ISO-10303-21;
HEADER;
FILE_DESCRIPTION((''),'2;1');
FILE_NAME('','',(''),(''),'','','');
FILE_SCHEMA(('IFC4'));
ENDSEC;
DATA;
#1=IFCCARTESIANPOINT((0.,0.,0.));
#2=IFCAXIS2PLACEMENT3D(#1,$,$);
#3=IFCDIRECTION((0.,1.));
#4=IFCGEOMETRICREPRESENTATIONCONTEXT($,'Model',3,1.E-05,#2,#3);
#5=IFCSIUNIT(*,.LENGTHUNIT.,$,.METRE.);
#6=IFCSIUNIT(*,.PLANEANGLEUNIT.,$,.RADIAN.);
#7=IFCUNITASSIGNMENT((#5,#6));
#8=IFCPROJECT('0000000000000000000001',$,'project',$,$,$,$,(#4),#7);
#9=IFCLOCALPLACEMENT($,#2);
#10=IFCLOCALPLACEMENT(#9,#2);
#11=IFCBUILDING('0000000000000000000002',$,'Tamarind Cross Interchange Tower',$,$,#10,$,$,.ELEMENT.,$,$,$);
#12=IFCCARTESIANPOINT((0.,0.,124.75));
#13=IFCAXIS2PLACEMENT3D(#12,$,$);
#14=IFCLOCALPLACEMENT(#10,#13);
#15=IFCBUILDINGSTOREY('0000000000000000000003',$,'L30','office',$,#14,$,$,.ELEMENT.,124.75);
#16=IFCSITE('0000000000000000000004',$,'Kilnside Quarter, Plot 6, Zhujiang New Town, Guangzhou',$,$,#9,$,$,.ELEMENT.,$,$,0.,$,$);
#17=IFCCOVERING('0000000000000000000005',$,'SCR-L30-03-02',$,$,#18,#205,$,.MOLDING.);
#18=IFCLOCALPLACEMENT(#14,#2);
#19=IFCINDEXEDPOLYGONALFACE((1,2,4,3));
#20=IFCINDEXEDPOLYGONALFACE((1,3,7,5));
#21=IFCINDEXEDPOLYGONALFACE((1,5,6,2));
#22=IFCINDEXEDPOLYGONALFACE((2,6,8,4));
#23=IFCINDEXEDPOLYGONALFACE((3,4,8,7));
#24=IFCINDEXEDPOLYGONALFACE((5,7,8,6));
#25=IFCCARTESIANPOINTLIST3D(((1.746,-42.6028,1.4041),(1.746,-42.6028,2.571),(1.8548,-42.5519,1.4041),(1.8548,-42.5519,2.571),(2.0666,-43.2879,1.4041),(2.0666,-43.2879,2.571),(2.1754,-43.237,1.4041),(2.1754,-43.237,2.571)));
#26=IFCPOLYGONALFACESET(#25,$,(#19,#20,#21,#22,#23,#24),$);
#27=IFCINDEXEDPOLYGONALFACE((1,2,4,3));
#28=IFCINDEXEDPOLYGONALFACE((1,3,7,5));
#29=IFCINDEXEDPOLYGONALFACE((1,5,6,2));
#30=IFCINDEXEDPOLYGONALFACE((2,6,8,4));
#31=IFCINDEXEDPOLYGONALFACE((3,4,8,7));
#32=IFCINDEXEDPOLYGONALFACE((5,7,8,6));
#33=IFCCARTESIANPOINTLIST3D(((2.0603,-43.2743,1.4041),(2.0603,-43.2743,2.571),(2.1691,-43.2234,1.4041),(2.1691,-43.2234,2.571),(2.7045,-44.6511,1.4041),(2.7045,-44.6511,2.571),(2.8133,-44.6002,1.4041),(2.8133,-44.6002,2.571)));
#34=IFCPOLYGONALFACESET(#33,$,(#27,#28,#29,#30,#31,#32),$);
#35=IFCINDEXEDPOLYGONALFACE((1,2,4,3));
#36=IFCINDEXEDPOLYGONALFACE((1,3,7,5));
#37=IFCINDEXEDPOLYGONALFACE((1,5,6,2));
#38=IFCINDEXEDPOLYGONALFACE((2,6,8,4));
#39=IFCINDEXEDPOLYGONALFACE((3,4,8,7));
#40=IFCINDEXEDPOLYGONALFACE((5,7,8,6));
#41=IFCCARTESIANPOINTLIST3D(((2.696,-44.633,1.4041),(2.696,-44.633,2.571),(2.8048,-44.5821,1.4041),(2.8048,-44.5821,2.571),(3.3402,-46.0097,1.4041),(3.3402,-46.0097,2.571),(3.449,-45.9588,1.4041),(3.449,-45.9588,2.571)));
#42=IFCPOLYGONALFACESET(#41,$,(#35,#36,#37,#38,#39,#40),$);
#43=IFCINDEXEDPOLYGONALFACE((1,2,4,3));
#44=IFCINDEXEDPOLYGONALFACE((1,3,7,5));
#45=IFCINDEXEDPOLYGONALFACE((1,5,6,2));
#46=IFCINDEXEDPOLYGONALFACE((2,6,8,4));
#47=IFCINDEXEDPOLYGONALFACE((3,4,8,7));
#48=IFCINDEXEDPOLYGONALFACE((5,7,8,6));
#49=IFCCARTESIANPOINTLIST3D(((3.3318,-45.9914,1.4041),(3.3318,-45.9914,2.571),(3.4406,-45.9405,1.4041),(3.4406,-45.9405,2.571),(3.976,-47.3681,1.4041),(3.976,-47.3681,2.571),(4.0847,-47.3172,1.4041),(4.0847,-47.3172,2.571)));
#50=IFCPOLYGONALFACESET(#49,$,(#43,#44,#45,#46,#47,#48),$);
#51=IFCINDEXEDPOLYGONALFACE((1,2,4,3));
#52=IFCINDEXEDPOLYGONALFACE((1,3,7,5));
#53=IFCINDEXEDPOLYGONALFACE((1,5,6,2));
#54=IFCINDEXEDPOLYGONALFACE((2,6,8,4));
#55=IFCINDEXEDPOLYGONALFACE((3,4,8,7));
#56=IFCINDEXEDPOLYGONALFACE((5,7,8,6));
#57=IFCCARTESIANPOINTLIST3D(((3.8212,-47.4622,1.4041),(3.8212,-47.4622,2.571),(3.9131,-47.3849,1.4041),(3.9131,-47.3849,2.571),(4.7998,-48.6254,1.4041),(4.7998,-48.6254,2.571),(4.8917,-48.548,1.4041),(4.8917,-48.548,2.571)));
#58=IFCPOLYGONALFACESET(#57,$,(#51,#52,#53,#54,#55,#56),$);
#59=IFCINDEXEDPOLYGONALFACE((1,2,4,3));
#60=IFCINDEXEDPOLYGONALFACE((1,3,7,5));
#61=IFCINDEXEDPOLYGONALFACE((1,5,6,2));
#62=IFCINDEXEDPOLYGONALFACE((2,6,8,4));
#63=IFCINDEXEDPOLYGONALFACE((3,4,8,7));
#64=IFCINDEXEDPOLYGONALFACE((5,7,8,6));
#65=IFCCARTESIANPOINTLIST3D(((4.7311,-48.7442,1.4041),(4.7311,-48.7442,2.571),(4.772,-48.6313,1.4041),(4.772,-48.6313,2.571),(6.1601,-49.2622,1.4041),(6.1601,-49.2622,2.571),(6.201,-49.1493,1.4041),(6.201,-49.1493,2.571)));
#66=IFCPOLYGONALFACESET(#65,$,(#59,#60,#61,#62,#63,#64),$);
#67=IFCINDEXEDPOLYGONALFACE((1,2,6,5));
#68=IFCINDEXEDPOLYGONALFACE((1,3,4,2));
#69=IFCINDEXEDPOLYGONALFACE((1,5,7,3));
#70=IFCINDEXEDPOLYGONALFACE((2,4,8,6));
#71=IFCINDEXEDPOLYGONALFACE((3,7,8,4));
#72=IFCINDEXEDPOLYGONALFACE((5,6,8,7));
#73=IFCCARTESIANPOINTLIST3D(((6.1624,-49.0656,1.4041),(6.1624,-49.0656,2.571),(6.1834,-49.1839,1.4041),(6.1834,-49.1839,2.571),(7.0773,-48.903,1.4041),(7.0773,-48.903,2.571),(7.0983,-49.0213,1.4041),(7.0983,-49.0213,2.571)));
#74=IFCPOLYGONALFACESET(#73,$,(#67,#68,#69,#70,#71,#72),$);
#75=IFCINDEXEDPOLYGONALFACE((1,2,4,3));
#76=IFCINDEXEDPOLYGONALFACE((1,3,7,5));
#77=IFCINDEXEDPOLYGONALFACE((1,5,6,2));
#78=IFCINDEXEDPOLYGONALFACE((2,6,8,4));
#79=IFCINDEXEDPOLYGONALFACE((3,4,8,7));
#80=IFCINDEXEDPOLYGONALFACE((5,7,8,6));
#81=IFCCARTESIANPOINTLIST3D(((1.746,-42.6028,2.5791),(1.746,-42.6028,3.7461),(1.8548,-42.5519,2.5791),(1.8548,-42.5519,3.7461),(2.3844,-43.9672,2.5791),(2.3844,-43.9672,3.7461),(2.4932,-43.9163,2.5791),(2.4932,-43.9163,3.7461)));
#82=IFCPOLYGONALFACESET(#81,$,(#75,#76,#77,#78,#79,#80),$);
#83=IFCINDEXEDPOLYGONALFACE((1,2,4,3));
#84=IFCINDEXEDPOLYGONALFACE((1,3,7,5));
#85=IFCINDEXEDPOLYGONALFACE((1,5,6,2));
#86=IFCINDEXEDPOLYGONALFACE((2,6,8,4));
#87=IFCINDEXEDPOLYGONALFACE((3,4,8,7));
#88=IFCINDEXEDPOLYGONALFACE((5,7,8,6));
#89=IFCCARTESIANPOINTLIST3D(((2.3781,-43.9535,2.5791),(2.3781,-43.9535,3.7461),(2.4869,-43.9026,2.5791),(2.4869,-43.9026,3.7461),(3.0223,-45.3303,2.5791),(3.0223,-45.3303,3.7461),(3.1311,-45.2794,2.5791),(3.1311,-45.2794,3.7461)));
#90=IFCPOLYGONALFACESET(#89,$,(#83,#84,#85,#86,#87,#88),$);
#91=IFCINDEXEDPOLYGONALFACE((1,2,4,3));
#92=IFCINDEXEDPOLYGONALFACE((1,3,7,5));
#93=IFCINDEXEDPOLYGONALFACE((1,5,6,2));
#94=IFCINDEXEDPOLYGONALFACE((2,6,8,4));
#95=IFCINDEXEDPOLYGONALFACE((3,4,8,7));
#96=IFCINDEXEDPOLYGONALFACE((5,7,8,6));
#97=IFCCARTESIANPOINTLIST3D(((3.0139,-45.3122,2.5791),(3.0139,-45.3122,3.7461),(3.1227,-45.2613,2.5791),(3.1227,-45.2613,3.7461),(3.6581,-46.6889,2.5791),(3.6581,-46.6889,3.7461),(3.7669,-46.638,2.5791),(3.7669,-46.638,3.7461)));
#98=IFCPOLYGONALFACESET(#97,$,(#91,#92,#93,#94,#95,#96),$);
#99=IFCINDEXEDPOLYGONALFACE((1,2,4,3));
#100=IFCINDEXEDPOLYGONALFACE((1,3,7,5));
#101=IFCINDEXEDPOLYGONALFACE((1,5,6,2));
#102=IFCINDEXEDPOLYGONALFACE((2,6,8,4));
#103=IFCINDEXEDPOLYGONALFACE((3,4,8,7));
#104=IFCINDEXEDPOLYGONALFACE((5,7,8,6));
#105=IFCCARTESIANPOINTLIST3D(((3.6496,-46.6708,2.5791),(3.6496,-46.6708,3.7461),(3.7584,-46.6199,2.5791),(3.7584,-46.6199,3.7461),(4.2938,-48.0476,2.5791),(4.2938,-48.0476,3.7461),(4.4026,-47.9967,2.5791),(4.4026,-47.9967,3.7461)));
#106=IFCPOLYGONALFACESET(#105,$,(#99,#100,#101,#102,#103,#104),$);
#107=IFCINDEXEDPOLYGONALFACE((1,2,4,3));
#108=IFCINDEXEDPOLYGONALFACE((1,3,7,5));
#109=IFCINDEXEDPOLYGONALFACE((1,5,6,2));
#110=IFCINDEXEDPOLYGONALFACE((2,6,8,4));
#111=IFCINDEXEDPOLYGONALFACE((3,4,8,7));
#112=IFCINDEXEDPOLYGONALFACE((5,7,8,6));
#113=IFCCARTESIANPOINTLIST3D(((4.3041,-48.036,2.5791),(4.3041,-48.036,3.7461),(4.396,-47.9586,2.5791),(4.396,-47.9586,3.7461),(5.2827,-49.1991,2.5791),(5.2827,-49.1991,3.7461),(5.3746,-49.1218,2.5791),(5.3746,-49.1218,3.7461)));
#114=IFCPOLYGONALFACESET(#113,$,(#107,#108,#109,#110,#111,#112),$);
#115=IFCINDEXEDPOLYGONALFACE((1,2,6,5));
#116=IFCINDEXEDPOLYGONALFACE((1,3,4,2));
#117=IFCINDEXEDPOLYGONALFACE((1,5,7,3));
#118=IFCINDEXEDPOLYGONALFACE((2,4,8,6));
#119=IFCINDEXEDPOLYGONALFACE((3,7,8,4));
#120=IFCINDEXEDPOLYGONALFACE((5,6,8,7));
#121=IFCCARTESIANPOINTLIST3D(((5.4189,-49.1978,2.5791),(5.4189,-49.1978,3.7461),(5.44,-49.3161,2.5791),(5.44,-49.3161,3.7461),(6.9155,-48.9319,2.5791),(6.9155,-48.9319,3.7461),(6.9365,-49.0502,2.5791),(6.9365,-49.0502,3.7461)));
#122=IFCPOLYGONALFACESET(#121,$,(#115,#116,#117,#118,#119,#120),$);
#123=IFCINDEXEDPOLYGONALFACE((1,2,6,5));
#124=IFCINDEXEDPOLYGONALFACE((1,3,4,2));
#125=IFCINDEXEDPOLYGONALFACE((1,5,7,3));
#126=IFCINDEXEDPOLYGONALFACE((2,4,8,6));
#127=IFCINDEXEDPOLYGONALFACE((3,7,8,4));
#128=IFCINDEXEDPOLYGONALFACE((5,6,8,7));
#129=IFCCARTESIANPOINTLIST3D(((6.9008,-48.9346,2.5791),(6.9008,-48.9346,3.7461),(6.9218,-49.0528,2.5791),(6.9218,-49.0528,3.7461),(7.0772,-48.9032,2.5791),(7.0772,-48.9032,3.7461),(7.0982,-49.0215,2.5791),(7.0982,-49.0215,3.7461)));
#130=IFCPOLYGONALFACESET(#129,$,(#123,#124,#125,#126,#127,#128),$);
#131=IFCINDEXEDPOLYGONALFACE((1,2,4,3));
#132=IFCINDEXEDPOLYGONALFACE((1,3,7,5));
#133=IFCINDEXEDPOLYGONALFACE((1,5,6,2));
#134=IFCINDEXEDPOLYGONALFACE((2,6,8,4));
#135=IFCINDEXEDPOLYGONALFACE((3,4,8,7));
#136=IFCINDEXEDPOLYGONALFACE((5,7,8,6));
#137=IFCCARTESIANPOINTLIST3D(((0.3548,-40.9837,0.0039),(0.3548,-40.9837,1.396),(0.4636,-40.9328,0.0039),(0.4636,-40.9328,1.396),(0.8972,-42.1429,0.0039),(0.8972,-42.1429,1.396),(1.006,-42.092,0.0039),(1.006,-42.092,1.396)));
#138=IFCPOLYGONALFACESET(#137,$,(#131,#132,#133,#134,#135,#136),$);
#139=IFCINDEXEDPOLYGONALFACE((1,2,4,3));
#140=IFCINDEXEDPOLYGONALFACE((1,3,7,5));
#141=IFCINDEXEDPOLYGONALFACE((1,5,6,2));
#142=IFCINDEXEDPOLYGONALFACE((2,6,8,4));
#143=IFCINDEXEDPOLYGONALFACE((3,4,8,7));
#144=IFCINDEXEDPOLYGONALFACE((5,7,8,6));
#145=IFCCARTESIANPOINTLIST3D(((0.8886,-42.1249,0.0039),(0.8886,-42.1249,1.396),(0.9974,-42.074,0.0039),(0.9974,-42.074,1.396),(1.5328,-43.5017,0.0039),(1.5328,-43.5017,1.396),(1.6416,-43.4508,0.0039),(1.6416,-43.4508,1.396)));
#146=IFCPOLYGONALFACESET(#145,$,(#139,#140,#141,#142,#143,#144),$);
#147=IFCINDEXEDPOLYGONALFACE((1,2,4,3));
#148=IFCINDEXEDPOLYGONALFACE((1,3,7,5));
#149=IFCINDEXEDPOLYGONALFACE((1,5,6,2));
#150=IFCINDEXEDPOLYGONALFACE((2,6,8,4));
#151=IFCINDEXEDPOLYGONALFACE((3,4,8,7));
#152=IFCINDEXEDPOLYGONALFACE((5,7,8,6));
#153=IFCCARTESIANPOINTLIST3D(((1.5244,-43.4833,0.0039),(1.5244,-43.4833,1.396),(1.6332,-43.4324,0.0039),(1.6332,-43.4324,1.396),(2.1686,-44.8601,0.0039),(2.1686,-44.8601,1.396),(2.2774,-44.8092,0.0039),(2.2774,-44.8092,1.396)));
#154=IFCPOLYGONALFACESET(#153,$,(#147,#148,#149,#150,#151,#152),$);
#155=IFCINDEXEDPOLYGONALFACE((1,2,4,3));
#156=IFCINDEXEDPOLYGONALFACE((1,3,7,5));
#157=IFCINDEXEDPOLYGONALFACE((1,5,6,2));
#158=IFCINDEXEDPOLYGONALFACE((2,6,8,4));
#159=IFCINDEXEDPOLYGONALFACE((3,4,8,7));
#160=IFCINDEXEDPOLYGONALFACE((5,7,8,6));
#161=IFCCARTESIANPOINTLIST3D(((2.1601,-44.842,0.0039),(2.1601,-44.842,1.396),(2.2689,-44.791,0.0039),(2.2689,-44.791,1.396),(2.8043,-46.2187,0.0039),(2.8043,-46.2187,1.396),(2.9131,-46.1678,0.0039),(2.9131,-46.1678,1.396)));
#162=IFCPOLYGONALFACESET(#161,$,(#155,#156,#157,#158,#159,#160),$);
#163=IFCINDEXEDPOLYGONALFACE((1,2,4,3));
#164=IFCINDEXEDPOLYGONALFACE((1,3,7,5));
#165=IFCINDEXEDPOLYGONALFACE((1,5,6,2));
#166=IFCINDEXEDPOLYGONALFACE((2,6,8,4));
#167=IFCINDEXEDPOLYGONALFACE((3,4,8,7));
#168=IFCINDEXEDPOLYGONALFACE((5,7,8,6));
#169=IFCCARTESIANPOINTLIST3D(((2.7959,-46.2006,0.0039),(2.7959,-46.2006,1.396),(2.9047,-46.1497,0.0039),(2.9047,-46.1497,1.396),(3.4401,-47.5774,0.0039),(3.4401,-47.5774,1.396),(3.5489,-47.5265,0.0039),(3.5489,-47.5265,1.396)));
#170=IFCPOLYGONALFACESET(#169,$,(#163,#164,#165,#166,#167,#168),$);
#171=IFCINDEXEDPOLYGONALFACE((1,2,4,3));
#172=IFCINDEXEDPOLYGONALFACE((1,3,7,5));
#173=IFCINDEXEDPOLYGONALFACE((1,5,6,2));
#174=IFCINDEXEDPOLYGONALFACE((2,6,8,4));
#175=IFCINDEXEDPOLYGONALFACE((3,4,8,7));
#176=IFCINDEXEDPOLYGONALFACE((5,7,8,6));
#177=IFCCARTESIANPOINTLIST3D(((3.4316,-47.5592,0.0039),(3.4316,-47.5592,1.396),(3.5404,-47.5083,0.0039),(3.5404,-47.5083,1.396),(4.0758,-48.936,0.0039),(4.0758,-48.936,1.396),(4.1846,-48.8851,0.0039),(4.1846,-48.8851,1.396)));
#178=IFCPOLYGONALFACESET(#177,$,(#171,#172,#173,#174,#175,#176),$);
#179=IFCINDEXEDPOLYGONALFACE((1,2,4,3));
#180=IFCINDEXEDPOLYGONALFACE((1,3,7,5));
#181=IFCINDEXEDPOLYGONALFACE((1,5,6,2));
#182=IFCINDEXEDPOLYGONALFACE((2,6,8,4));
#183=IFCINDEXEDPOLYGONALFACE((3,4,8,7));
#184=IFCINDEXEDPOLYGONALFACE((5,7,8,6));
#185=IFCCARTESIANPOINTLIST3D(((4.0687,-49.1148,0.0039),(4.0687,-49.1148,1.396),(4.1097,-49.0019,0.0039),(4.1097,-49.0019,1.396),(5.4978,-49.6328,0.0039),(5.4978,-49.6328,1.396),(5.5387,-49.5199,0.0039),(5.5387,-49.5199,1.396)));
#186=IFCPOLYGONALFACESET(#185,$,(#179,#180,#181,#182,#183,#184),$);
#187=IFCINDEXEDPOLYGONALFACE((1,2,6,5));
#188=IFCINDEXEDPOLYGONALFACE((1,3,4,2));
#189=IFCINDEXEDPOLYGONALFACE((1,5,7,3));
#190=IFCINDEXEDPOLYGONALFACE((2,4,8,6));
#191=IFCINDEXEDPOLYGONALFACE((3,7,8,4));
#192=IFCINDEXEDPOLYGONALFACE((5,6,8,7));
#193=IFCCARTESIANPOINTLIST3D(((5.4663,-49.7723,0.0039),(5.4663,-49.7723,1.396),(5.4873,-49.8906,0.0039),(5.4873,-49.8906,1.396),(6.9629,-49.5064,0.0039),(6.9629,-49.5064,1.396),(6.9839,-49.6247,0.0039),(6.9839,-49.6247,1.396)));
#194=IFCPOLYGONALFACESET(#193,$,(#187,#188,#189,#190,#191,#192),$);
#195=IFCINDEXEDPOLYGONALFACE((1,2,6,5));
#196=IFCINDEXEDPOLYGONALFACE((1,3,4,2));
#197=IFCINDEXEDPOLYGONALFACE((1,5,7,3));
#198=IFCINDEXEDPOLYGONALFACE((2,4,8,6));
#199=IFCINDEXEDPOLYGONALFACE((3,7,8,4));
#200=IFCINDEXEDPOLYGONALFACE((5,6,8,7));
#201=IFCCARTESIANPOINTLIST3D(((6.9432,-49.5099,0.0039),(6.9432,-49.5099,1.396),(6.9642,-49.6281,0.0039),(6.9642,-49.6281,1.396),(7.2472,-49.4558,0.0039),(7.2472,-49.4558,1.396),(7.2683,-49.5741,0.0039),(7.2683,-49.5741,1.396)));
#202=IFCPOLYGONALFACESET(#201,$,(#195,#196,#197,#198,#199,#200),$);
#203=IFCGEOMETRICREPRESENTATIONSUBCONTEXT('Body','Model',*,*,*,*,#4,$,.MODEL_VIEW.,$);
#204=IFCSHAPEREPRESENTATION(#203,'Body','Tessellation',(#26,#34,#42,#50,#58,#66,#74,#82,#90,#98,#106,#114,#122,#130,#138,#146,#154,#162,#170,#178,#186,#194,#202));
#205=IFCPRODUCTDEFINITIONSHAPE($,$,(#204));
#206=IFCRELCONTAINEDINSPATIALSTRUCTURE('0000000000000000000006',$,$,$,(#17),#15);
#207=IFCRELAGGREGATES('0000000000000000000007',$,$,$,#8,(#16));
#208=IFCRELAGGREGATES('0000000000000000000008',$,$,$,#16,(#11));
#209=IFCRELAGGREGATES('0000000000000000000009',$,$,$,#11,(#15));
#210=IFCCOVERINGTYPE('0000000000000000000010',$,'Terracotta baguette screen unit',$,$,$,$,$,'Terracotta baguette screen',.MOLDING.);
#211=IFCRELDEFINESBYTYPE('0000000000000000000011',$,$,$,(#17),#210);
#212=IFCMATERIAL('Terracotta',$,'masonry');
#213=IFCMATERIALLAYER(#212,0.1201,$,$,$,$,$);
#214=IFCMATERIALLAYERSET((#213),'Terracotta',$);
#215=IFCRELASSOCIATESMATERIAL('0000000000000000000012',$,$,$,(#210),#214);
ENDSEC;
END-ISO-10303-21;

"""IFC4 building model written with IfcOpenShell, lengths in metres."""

from ifc_helpers import new_model, si_unit, direction, frame, origin, origin_2d, place, context, subcontext, project, spatial, rectangle, extrude, material, layer, layer_set, type_object, element, save


model = new_model("IFC4")

# Units and contexts
model_context = context("Model", 3, precision=1e-05, world=origin(), true_north=direction((0.0, 1.0)))
body_context = subcontext(model_context, "Body", "Model", "MODEL_VIEW")
ifc_project = project(units=[si_unit("LENGTHUNIT", "METRE"), si_unit("PLANEANGLEUNIT", "RADIAN")], contexts=[model_context])

# Site, building, storey
site_placement = place(None, origin())
site = spatial("IfcSite", under=ifc_project, at=site_placement, Name="Kilnside Quarter, Plot 6, Zhujiang New Town, Guangzhou", CompositionType="ELEMENT", RefElevation=0.0)
building_placement = place(site_placement, origin())
building = spatial("IfcBuilding", under=site, at=building_placement, Name="Tamarind Cross Interchange Tower", CompositionType="ELEMENT")
storey_placement = place(building_placement, frame((0.0, 0.0, 124.75)))
storey = spatial("IfcBuildingStorey", under=building, at=storey_placement, Name="L30", Description="office", CompositionType="ELEMENT", Elevation=124.75)

# Covering
ifc_material_1 = material(Name="Terracotta", Category="masonry")
ifc_layer_1 = layer(ifc_material_1, 0.1201)
ifc_layer_set_1 = layer_set([ifc_layer_1], Name="Terracotta")
covering_type = type_object("IfcCoveringType", Name="Terracotta baguette screen unit", ElementType="Terracotta baguette screen", PredefinedType="MOLDING", material=ifc_layer_set_1)
covering_1_placement = place(storey_placement, origin())
element("IfcCovering", 1, at=covering_1_placement, inside=storey, type_object=covering_type, Name="SCR-L30-03-02", PredefinedType="MOLDING", context=body_context, shape_type="SweptSolid", body=[
    extrude(rectangle(XDim=0.7563, YDim=0.1201, at=origin_2d()), frame((1.9607, -42.9199, 1.4041), z_axis=(0.0, 0.0, 1.0), x_axis=(0.423807, -0.905752, 0.0)), (0.0, 0.0, 1.0), 1.167),
    extrude(rectangle(XDim=1.52, YDim=0.1201, at=origin_2d()), frame((2.4368, -43.9373, 1.4041), z_axis=(0.0, 0.0, 1.0), x_axis=(0.423807, -0.905752, 0.0)), (0.0, 0.0, 1.0), 1.167),
    extrude(rectangle(XDim=1.52, YDim=0.1201, at=origin_2d()), frame((3.0725, -45.2959, 1.4041), z_axis=(0.0, 0.0, 1.0), x_axis=(0.423807, -0.905752, 0.0)), (0.0, 0.0, 1.0), 1.167),
    extrude(rectangle(XDim=1.52, YDim=0.1201, at=origin_2d()), frame((3.7083, -46.6543, 1.4041), z_axis=(0.0, 0.0, 1.0), x_axis=(0.423807, -0.905752, 0.0)), (0.0, 0.0, 1.0), 1.167),
    extrude(rectangle(XDim=1.52, YDim=0.1201, at=origin_2d()), frame((4.3564, -48.0051, 1.4041), z_axis=(0.0, 0.0, 1.0), x_axis=(0.643792, -0.7652, 0.0)), (0.0, 0.0, 1.0), 1.167),
    extrude(rectangle(XDim=1.52, YDim=0.1201, at=origin_2d()), frame((5.4661, -48.9468, 1.4041), z_axis=(0.0, 0.0, 1.0), x_axis=(0.940141, -0.340787, 0.0)), (0.0, 0.0, 1.0), 1.167),
    extrude(rectangle(XDim=0.9292, YDim=0.1201, at=origin_2d()), frame((6.6304, -49.0435, 1.4041), z_axis=(0.0, 0.0, 1.0), x_axis=(0.984579, 0.174941, 0.0)), (0.0, 0.0, 1.0), 1.167),
    extrude(rectangle(XDim=1.5063, YDim=0.1201, at=origin_2d()), frame((2.1196, -43.2595, 2.5791), z_axis=(0.0, 0.0, 1.0), x_axis=(0.423807, -0.905752, 0.0)), (0.0, 0.0, 1.0), 1.167),
    extrude(rectangle(XDim=1.52, YDim=0.1201, at=origin_2d()), frame((2.7546, -44.6165, 2.5791), z_axis=(0.0, 0.0, 1.0), x_axis=(0.423807, -0.905752, 0.0)), (0.0, 0.0, 1.0), 1.167),
    extrude(rectangle(XDim=1.52, YDim=0.1201, at=origin_2d()), frame((3.3904, -45.9751, 2.5791), z_axis=(0.0, 0.0, 1.0), x_axis=(0.423807, -0.905752, 0.0)), (0.0, 0.0, 1.0), 1.167),
    extrude(rectangle(XDim=1.52, YDim=0.1201, at=origin_2d()), frame((4.0261, -47.3337, 2.5791), z_axis=(0.0, 0.0, 1.0), x_axis=(0.423807, -0.905752, 0.0)), (0.0, 0.0, 1.0), 1.167),
    extrude(rectangle(XDim=1.52, YDim=0.1201, at=origin_2d()), frame((4.8394, -48.5789, 2.5791), z_axis=(0.0, 0.0, 1.0), x_axis=(0.643792, -0.7652, 0.0)), (0.0, 0.0, 1.0), 1.167),
    extrude(rectangle(XDim=1.52, YDim=0.1201, at=origin_2d()), frame((6.1777, -49.124, 2.5791), z_axis=(0.0, 0.0, 1.0), x_axis=(0.984579, 0.174941, 0.0)), (0.0, 0.0, 1.0), 1.167),
    extrude(rectangle(XDim=0.1792, YDim=0.1201, at=origin_2d()), frame((6.9995, -48.978, 2.5791), z_axis=(0.0, 0.0, 1.0), x_axis=(0.984579, 0.174941, 0.0)), (0.0, 0.0, 1.0), 1.167),
    extrude(rectangle(XDim=1.2798, YDim=0.1201, at=origin_2d()), frame((0.6804, -41.5378, 0.0039), z_axis=(0.0, 0.0, 1.0), x_axis=(0.423807, -0.905752, 0.0)), (0.0, 0.0, 1.0), 1.3921),
    extrude(rectangle(XDim=1.52, YDim=0.1201, at=origin_2d()), frame((1.2651, -42.7878, 0.0039), z_axis=(0.0, 0.0, 1.0), x_axis=(0.423807, -0.905752, 0.0)), (0.0, 0.0, 1.0), 1.3921),
    extrude(rectangle(XDim=1.52, YDim=0.1201, at=origin_2d()), frame((1.9009, -44.1462, 0.0039), z_axis=(0.0, 0.0, 1.0), x_axis=(0.423807, -0.905752, 0.0)), (0.0, 0.0, 1.0), 1.3921),
    extrude(rectangle(XDim=1.52, YDim=0.1201, at=origin_2d()), frame((2.5366, -45.5049, 0.0039), z_axis=(0.0, 0.0, 1.0), x_axis=(0.423807, -0.905752, 0.0)), (0.0, 0.0, 1.0), 1.3921),
    extrude(rectangle(XDim=1.52, YDim=0.1201, at=origin_2d()), frame((3.1724, -46.8635, 0.0039), z_axis=(0.0, 0.0, 1.0), x_axis=(0.423807, -0.905752, 0.0)), (0.0, 0.0, 1.0), 1.3921),
    extrude(rectangle(XDim=1.52, YDim=0.1201, at=origin_2d()), frame((3.8081, -48.2222, 0.0039), z_axis=(0.0, 0.0, 1.0), x_axis=(0.423807, -0.905752, 0.0)), (0.0, 0.0, 1.0), 1.3921),
    extrude(rectangle(XDim=1.52, YDim=0.1201, at=origin_2d()), frame((4.8037, -49.3174, 0.0039), z_axis=(0.0, 0.0, 1.0), x_axis=(0.940141, -0.340787, 0.0)), (0.0, 0.0, 1.0), 1.3921),
    extrude(rectangle(XDim=1.52, YDim=0.1201, at=origin_2d()), frame((6.2251, -49.6985, 0.0039), z_axis=(0.0, 0.0, 1.0), x_axis=(0.984579, 0.174941, 0.0)), (0.0, 0.0, 1.0), 1.3921),
    extrude(rectangle(XDim=0.3088, YDim=0.1201, at=origin_2d()), frame((7.1057, -49.542, 0.0039), z_axis=(0.0, 0.0, 1.0), x_axis=(0.984579, 0.174941, 0.0)), (0.0, 0.0, 1.0), 1.3921),
])

save(model, "model.ifc")
